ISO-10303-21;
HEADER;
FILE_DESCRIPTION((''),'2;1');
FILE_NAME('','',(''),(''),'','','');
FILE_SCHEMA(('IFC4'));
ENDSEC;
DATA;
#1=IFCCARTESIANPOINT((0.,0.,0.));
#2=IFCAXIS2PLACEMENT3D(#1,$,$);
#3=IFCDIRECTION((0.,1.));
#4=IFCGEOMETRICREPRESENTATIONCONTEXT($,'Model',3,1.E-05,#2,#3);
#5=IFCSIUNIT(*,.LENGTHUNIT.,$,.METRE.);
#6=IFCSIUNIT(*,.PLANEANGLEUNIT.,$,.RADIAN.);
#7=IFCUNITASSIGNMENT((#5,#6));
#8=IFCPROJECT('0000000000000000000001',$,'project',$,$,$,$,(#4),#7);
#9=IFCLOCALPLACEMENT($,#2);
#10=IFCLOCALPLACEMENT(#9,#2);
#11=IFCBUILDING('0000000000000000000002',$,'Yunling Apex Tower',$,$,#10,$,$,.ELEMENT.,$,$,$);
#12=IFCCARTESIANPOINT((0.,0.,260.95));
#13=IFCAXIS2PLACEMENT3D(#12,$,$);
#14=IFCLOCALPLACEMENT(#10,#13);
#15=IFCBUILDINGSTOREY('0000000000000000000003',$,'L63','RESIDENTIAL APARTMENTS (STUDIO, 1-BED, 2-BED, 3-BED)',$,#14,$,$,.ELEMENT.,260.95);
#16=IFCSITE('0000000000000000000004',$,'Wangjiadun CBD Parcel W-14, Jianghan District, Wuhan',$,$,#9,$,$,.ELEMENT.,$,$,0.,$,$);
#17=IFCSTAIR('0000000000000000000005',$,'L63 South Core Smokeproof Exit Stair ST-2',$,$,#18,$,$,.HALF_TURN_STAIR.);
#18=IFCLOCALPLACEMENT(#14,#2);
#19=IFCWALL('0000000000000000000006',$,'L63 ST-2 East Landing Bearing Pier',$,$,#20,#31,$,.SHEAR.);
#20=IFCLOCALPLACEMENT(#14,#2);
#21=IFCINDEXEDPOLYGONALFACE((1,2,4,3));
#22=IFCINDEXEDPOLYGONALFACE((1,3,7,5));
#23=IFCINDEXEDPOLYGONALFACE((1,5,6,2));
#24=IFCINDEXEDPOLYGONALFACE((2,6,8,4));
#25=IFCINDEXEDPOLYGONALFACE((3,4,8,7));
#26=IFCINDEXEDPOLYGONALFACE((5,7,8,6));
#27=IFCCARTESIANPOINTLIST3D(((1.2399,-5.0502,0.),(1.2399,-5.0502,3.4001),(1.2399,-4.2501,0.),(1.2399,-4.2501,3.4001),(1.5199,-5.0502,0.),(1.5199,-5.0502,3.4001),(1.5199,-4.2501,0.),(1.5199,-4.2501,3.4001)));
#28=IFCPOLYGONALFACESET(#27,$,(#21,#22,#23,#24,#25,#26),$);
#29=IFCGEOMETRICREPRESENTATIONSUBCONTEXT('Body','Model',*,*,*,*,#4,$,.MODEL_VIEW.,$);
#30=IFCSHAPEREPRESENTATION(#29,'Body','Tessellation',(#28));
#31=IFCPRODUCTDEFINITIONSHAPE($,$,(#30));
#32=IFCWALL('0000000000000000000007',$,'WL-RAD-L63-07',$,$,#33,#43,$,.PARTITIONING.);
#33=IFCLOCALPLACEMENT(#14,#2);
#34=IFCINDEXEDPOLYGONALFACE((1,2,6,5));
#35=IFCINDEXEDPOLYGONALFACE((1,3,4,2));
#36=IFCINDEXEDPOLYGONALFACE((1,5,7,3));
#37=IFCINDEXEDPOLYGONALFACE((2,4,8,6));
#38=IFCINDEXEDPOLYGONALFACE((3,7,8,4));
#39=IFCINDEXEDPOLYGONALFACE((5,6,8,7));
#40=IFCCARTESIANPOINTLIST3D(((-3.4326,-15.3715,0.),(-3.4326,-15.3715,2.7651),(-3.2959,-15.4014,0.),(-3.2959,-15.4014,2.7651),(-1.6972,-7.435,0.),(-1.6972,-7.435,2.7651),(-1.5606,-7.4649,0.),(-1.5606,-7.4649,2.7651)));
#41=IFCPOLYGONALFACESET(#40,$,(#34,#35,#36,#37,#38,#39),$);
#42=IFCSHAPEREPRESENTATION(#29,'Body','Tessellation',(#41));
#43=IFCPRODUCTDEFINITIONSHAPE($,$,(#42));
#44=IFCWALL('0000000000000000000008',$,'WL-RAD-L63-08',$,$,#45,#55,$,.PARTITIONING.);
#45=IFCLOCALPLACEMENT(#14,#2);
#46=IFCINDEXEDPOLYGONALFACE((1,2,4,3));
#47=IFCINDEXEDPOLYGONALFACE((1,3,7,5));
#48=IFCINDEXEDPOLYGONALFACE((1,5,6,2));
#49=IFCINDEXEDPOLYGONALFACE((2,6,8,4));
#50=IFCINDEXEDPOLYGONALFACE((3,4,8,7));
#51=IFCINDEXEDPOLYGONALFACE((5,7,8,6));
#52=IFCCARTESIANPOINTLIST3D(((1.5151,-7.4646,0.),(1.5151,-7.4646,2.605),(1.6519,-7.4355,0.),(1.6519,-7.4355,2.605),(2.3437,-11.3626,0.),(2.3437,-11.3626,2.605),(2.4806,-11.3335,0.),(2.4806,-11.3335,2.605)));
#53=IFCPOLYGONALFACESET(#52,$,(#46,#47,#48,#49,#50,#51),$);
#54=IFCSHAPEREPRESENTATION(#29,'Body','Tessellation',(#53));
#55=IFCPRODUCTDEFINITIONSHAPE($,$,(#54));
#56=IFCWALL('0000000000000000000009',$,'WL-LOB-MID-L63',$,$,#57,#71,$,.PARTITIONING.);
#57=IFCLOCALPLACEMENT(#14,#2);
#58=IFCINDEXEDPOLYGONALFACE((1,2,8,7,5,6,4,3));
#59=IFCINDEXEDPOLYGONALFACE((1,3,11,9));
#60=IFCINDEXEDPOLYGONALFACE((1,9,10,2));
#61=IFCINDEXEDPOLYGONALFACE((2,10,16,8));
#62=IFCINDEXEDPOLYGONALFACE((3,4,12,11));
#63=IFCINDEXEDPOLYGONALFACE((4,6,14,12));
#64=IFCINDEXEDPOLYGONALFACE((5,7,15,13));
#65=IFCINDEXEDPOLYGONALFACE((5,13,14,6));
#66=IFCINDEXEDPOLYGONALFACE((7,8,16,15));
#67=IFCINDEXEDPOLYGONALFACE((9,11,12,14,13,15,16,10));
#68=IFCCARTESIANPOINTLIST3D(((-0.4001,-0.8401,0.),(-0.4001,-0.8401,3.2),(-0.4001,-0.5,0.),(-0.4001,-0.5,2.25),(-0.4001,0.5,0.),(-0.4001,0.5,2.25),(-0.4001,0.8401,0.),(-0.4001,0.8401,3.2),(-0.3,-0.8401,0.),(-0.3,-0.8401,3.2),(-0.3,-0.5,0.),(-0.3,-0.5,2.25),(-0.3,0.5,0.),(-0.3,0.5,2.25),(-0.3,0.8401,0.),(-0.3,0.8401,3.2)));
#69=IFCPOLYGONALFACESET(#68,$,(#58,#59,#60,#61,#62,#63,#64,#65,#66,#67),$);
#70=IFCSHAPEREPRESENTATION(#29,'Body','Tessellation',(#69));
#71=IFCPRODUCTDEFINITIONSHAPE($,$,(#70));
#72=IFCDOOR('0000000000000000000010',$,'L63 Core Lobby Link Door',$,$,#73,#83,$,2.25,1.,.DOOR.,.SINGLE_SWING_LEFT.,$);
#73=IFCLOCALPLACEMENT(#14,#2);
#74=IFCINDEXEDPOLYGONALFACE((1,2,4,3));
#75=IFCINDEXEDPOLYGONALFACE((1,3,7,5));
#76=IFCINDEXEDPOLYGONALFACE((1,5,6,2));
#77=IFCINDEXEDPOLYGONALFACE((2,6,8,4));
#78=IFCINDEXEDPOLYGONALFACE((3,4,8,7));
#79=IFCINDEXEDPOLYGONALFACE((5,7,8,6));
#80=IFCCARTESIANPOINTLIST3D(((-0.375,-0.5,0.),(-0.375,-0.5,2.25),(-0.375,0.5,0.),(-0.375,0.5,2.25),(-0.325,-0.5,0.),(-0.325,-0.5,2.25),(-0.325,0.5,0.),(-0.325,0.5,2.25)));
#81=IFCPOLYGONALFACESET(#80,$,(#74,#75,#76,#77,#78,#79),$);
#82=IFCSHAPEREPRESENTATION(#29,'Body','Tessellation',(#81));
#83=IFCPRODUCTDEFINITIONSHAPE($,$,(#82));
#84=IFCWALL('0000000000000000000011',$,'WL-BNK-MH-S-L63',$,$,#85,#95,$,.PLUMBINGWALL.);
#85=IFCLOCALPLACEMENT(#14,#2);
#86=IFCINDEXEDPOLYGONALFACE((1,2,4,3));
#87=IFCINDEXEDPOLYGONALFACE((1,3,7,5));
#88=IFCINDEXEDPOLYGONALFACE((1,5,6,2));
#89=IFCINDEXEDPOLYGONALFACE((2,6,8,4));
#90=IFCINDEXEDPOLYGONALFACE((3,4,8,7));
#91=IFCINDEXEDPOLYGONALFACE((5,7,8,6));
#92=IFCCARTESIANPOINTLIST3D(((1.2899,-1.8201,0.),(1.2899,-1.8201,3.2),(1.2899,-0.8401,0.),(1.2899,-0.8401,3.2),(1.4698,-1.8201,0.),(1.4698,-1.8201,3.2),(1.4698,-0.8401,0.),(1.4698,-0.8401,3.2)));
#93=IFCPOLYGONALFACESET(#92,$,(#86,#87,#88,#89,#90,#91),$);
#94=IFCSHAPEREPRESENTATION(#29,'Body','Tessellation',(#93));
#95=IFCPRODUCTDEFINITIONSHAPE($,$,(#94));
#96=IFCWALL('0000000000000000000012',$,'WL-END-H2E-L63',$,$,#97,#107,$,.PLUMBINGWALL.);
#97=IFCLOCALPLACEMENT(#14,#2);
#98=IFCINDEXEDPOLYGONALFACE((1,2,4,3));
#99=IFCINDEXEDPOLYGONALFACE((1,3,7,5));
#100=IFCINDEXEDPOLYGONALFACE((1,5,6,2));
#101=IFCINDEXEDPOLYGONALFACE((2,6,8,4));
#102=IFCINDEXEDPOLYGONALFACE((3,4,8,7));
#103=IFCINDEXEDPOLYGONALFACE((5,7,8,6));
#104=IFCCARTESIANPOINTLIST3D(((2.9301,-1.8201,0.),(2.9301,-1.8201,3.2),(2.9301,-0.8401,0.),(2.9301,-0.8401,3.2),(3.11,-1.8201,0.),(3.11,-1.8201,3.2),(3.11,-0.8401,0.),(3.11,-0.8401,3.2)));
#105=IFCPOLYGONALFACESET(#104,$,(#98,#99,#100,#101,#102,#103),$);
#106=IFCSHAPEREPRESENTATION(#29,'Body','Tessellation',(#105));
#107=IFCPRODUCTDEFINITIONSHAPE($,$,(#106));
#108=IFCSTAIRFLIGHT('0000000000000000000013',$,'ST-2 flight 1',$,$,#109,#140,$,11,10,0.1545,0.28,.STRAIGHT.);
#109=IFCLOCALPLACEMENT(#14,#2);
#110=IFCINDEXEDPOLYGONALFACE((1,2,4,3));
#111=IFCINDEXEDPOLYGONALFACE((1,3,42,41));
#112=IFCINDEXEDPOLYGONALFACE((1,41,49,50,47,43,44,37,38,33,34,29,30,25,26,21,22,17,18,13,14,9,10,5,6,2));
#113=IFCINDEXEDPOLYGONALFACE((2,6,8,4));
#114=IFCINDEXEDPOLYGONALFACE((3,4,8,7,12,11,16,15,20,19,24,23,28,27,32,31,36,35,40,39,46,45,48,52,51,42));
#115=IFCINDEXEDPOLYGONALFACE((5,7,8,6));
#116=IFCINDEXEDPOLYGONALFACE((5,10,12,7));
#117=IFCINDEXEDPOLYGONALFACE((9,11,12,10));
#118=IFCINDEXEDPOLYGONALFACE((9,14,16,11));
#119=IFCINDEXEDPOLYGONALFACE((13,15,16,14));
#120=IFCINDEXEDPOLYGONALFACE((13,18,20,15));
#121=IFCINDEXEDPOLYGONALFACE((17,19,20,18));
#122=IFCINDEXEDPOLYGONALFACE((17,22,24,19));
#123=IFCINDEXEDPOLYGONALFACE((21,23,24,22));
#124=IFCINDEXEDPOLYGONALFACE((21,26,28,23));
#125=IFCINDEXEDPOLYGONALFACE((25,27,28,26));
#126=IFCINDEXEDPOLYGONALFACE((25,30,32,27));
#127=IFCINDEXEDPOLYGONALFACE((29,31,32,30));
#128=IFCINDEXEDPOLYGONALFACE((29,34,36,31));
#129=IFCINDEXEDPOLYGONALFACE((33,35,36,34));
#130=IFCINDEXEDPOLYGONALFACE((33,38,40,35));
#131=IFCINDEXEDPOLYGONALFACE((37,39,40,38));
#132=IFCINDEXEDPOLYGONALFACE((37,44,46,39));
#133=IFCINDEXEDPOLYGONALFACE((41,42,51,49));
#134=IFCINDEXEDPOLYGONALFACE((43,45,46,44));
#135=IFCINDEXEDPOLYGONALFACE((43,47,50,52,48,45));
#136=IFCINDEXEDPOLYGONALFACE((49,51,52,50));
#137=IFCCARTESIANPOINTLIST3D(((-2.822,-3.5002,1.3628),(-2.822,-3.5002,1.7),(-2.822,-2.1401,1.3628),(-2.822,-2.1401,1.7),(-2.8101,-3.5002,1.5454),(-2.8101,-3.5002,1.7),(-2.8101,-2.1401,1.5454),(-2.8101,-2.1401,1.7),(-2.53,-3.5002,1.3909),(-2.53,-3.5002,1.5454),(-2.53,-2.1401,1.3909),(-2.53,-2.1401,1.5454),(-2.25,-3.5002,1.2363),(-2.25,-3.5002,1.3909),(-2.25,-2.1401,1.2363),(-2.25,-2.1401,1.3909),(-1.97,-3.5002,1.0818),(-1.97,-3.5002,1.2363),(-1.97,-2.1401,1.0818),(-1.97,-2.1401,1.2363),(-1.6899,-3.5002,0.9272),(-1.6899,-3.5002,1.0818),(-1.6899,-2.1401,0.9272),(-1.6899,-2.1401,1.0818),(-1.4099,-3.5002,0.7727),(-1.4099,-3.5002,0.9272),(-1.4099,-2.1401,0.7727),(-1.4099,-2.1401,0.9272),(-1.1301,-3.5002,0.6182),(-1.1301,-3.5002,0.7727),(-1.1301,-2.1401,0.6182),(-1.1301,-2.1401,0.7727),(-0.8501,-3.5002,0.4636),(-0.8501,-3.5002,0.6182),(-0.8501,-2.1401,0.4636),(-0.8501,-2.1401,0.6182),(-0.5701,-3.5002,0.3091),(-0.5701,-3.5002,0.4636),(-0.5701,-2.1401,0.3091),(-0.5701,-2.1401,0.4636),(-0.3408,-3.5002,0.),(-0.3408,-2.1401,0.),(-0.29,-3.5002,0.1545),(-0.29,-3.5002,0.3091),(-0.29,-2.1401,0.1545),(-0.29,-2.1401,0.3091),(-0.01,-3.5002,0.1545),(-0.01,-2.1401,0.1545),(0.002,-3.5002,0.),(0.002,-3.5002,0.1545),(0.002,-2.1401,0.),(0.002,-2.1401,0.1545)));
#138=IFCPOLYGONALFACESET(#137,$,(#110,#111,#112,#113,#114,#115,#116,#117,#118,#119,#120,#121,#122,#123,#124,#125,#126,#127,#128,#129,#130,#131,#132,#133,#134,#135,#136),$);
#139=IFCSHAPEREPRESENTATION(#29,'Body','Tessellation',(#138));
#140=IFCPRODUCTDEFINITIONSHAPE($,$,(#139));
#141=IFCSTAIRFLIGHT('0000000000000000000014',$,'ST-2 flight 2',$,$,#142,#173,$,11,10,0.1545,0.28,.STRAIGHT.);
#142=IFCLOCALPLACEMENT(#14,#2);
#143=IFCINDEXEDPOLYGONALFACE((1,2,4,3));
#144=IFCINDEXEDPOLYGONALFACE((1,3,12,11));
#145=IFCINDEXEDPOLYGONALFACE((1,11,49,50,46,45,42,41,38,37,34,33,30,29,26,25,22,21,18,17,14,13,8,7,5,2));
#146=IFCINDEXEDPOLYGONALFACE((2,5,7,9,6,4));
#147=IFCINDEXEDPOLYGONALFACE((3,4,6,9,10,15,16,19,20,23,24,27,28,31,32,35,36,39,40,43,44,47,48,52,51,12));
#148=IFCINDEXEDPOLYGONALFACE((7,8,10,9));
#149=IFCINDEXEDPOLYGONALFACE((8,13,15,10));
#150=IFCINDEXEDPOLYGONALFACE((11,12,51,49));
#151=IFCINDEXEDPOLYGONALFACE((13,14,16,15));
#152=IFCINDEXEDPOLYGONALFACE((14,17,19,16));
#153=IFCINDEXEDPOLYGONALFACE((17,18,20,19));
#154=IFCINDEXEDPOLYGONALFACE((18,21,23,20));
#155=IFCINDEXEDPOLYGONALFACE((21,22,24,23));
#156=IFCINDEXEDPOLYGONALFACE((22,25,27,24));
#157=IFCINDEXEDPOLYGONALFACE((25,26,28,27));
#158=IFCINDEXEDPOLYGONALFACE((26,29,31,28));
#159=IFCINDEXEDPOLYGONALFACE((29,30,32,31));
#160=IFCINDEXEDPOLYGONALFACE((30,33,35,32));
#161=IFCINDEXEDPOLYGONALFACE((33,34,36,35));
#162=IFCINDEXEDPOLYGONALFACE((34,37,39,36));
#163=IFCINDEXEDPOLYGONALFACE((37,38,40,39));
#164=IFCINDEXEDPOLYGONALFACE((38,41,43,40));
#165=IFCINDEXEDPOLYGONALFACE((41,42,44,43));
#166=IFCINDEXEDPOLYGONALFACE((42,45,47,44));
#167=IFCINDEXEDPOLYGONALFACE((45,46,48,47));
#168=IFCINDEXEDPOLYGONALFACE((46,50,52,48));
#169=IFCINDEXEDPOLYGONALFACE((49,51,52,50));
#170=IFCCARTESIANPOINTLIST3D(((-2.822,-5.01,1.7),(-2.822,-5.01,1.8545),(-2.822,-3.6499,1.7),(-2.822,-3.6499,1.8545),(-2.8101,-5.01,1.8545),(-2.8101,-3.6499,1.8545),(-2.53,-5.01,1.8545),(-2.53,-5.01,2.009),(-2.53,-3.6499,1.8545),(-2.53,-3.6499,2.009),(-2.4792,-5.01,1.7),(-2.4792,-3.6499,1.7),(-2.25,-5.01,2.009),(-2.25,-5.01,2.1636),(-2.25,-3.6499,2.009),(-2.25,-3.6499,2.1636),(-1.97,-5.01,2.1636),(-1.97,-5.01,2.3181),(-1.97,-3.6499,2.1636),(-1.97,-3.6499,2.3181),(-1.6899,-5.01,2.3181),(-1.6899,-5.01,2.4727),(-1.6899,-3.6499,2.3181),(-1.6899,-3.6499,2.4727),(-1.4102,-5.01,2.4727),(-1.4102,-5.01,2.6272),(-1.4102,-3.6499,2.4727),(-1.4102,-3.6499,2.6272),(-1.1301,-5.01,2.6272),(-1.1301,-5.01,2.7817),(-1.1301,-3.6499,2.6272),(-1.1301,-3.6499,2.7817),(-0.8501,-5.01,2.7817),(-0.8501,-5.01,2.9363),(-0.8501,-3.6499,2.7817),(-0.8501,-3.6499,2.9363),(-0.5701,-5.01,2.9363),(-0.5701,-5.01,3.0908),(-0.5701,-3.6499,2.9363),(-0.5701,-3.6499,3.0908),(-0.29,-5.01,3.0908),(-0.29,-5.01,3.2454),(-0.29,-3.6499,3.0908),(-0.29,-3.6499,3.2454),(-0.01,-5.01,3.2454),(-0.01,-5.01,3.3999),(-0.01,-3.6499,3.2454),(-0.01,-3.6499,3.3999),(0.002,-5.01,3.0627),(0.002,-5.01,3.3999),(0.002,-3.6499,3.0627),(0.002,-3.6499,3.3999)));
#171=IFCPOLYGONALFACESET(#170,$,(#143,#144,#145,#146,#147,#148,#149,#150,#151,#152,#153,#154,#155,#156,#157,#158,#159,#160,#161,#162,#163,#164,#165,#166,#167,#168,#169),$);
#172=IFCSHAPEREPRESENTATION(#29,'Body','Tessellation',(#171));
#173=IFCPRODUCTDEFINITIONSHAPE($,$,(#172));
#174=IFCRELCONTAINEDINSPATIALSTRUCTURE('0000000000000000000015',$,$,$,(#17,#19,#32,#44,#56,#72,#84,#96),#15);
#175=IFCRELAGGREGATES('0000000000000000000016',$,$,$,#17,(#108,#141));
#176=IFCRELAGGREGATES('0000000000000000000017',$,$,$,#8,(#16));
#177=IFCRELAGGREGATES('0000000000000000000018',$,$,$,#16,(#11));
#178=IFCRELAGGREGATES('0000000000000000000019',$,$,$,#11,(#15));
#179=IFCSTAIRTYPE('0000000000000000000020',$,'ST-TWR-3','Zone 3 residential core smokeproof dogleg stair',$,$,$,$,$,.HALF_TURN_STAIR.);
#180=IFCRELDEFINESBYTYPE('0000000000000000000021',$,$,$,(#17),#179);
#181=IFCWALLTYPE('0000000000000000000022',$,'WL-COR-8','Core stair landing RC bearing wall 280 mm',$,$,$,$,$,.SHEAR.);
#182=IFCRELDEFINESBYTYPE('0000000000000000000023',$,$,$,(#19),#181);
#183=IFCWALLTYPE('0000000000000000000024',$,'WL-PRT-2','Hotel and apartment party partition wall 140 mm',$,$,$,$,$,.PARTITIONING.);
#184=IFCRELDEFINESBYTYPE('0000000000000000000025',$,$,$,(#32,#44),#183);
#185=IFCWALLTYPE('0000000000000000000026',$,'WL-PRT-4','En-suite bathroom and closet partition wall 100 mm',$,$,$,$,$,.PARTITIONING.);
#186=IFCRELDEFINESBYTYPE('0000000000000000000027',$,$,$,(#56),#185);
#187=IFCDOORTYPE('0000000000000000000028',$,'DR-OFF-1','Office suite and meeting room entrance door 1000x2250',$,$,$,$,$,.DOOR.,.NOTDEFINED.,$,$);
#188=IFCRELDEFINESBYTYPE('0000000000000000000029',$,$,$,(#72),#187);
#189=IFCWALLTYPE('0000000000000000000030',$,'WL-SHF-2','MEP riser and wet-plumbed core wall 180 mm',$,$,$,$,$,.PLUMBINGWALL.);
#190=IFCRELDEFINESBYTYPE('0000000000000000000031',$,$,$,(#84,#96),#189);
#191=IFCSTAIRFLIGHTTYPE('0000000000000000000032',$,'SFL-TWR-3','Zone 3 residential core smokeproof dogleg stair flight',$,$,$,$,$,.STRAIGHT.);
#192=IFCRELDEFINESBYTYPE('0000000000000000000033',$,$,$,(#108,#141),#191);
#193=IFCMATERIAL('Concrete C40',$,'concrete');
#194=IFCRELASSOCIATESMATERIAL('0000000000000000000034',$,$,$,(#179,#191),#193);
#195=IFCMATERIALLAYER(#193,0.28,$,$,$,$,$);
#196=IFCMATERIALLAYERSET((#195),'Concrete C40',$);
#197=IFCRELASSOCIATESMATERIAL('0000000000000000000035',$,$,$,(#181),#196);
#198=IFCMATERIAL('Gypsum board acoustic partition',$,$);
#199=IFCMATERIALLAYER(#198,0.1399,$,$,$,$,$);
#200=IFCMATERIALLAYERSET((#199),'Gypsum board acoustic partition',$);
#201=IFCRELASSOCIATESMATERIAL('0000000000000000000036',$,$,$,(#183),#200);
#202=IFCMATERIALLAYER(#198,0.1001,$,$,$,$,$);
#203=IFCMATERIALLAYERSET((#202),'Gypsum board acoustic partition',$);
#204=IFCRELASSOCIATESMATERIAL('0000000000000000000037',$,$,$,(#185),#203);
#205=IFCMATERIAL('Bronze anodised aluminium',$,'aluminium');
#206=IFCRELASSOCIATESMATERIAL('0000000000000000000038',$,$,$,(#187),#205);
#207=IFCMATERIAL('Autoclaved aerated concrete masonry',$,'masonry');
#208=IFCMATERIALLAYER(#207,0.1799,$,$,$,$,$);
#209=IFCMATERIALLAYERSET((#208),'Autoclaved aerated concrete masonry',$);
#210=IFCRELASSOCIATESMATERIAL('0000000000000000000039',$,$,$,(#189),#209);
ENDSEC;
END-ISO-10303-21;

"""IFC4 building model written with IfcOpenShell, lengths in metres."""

from ifc_helpers import new_model, si_unit, direction, frame, frame_2d, origin, place, context, subcontext, project, spatial, polyline, rectangle, outline, extrude, material, layer, layer_set, type_object, element, fill, aggregate, save


model = new_model("IFC4")

# Units and contexts
model_context = context("Model", 3, precision=1e-05, world=origin(), true_north=direction((0.0, 1.0)))
body_context = subcontext(model_context, "Body", "Model", "MODEL_VIEW")
ifc_project = project(units=[si_unit("LENGTHUNIT", "METRE"), si_unit("PLANEANGLEUNIT", "RADIAN")], contexts=[model_context])

# Site, building, storey
site_placement = place(None, origin())
site = spatial("IfcSite", under=ifc_project, at=site_placement, Name="Wangjiadun CBD Parcel W-14, Jianghan District, Wuhan", CompositionType="ELEMENT", RefElevation=0.0)
building_placement = place(site_placement, origin())
building = spatial("IfcBuilding", under=site, at=building_placement, Name="Yunling Apex Tower", CompositionType="ELEMENT")
storey_placement = place(building_placement, frame((0.0, 0.0, 260.95)))
storey = spatial("IfcBuildingStorey", under=building, at=storey_placement, Name="L63", Description="RESIDENTIAL APARTMENTS (STUDIO, 1-BED, 2-BED, 3-BED)", CompositionType="ELEMENT", Elevation=260.95)

# Shared definitions
ifc_material_1 = material(Name="Bronze anodised aluminium", Category="aluminium")

# Shared definitions
ifc_material_2 = material(Name="Concrete C40", Category="concrete")

# Stair
stair_type = type_object("IfcStairType", Name="ST-TWR-3", Description="Zone 3 residential core smokeproof dogleg stair", PredefinedType="HALF_TURN_STAIR", material=ifc_material_2)
stair_1_placement = place(storey_placement, origin())
stair_1 = element("IfcStair", 1, at=stair_1_placement, inside=storey, type_object=stair_type, Name="L63 South Core Smokeproof Exit Stair ST-2", PredefinedType="HALF_TURN_STAIR")

# Walls
ifc_layer_1 = layer(ifc_material_2, 0.28)
ifc_layer_set_1 = layer_set([ifc_layer_1], Name="Concrete C40")
wall_type_1 = type_object("IfcWallType", Name="WL-COR-8", Description="Core stair landing RC bearing wall 280 mm", PredefinedType="SHEAR", material=ifc_layer_set_1)
wall_1_placement = place(storey_placement, frame((1.3799, -5.05, 0.0), z_axis=(0.0, 0.0, 1.0), x_axis=(0.0, 1.0, 0.0)))
element("IfcWall", 2, at=wall_1_placement, inside=storey, type_object=wall_type_1, Name="L63 ST-2 East Landing Bearing Pier", PredefinedType="SHEAR", context=body_context, shape_type="SweptSolid", body=[
    extrude(rectangle(XDim=0.8, YDim=0.28, at=frame_2d((0.3999, 0.0))), origin(), (0.0, 0.0, 1.0), 3.4001),
])
ifc_material_3 = material(Name="Gypsum board acoustic partition")
ifc_layer_2 = layer(ifc_material_3, 0.1399)
ifc_layer_set_2 = layer_set([ifc_layer_2], Name="Gypsum board acoustic partition")
wall_type_2 = type_object("IfcWallType", Name="WL-PRT-2", Description="Hotel and apartment party partition wall 140 mm", PredefinedType="PARTITIONING", material=ifc_layer_set_2)
wall_2_placement = place(storey_placement, frame((-1.6289, -7.45, 0.0), z_axis=(0.0, 0.0, 1.0), x_axis=(-0.213607, -0.97692, 0.0)))
element("IfcWall", 3, at=wall_2_placement, inside=storey, type_object=wall_type_2, Name="WL-RAD-L63-07", PredefinedType="PARTITIONING", context=body_context, shape_type="SweptSolid", body=[
    extrude(rectangle(XDim=8.124, YDim=0.1399, at=frame_2d((4.062, 0.0))), origin(), (0.0, 0.0, 1.0), 2.7651),
])
wall_3_placement = place(storey_placement, frame((1.5835, -7.45, 0.0), z_axis=(0.0, 0.0, 1.0), x_axis=(0.207931, -0.978144, 0.0)))
element("IfcWall", 4, at=wall_3_placement, inside=storey, type_object=wall_type_2, Name="WL-RAD-L63-08", PredefinedType="PARTITIONING", context=body_context, shape_type="SweptSolid", body=[
    extrude(rectangle(XDim=3.9851, YDim=0.1399, at=frame_2d((1.9927, 0.0))), origin(), (0.0, 0.0, 1.0), 2.605),
])

# Wall, opening, door
ifc_layer_3 = layer(ifc_material_3, 0.1001)
ifc_layer_set_3 = layer_set([ifc_layer_3], Name="Gypsum board acoustic partition")
wall_type_3 = type_object("IfcWallType", Name="WL-PRT-4", Description="En-suite bathroom and closet partition wall 100 mm", PredefinedType="PARTITIONING", material=ifc_layer_set_3)
wall_4_placement = place(storey_placement, frame((-0.3501, -0.8401, 0.0), z_axis=(0.0, 0.0, 1.0), x_axis=(0.0, 1.0, 0.0)))
wall_4 = element("IfcWall", 5, at=wall_4_placement, inside=storey, type_object=wall_type_3, Name="WL-LOB-MID-L63", PredefinedType="PARTITIONING", context=body_context, shape_type="SweptSolid", body=[
    extrude(rectangle(XDim=1.6802, YDim=0.1001, at=frame_2d((0.8401, 0.0))), origin(), (0.0, 0.0, 1.0), 3.2),
])
opening_1_placement = place(wall_4_placement, frame((0.3401, 0.0, 0.0)))
opening_1 = element("IfcOpeningElement", 6, at=opening_1_placement, cuts=wall_4, PredefinedType="OPENING", context=body_context, shape_type="SweptSolid", body=[
    extrude(rectangle(XDim=1.0, YDim=2.25, at=frame_2d((0.5, 1.125))), frame((0.0, 0.0601, 0.0), z_axis=(0.0, -1.0, 0.0), x_axis=(1.0, 0.0, 0.0)), (0.0, 0.0, 1.0), 0.1201),
])
door_type_1 = type_object("IfcDoorType", Name="DR-OFF-1", Description="Office suite and meeting room entrance door 1000x2250", OperationType="NOTDEFINED", PredefinedType="DOOR", material=ifc_material_1)
door_1_placement = place(opening_1_placement, origin())
door_1 = element("IfcDoor", 7, at=door_1_placement, inside=storey, type_object=door_type_1, Name="L63 Core Lobby Link Door", OperationType="SINGLE_SWING_LEFT", OverallHeight=2.25, OverallWidth=1.0, PredefinedType="DOOR", context=body_context, shape_type="SweptSolid", body=[
    extrude(rectangle(XDim=1.0, YDim=2.25, at=frame_2d((0.5, 1.125))), frame((0.0, 0.0249, 0.0), z_axis=(0.0, -1.0, 0.0), x_axis=(1.0, 0.0, 0.0)), (0.0, 0.0, 1.0), 0.05),
])
fill(opening_1, door_1)
ifc_material_4 = material(Name="Autoclaved aerated concrete masonry", Category="masonry")

# Walls
ifc_layer_4 = layer(ifc_material_4, 0.1799)
ifc_layer_set_4 = layer_set([ifc_layer_4], Name="Autoclaved aerated concrete masonry")
wall_type_4 = type_object("IfcWallType", Name="WL-SHF-2", Description="MEP riser and wet-plumbed core wall 180 mm", PredefinedType="PLUMBINGWALL", material=ifc_layer_set_4)
for number, where, z_axis, x_axis, name in (
    (8, (1.3799, -1.8201, 0.0), (0.0, 0.0, 1.0), (0.0, 1.0, 0.0), "WL-BNK-MH-S-L63"),
    (9, (3.02, -1.8201, 0.0), (0.0, 0.0, 1.0), (0.0, 1.0, 0.0), "WL-END-H2E-L63"),
):
    element("IfcWall", number, at=place(storey_placement, frame(where, z_axis=z_axis, x_axis=x_axis)), inside=storey, type_object=wall_type_4, Name=name, PredefinedType="PLUMBINGWALL", context=body_context, shape_type="SweptSolid", body=[
        extrude(rectangle(XDim=0.98, YDim=0.1799, at=frame_2d((0.49, 0.0))), origin(), (0.0, 0.0, 1.0), 3.2),
    ])

# Stair flights
stair_flight_type = type_object("IfcStairFlightType", Name="SFL-TWR-3", Description="Zone 3 residential core smokeproof dogleg stair flight", PredefinedType="STRAIGHT", material=ifc_material_2)
stair_flight_1_placement = place(storey_placement, frame((-0.01, -2.8201, 0.0), z_axis=(0.0, 0.0, 1.0), x_axis=(-1.0, 0.0, 0.0)))
stair_flight_1 = element("IfcStairFlight", 10, at=stair_flight_1_placement, type_object=stair_flight_type, Name="ST-2 flight 1", NumberOfRisers=11, NumberOfTreads=10, PredefinedType="STRAIGHT", RiserHeight=0.1545, TreadLength=0.28, context=body_context, shape_type="SweptSolid", body=[
    extrude(outline(polyline([(-0.012, 0.0), (-0.012, 0.1545), (0.0, 0.1545), (0.28, 0.1545), (0.28, 0.3091), (0.5601, 0.3091), (0.5601, 0.4636), (0.8401, 0.4636), (0.8401, 0.6182), (1.1201, 0.6182), (1.1201, 0.7727), (1.3999, 0.7727), (1.3999, 0.9272), (1.6799, 0.9272), (1.6799, 1.0818), (1.96, 1.0818), (1.96, 1.2363), (2.24, 1.2363), (2.24, 1.3909), (2.52, 1.3909), (2.52, 1.5454), (2.8, 1.5454), (2.8, 1.7), (2.812, 1.7), (2.812, 1.3628), (0.3308, 0.0), (-0.012, 0.0)])), frame((0.0, 0.6802, 0.0), z_axis=(0.0, -1.0, 0.0), x_axis=(1.0, 0.0, 0.0)), (0.0, 0.0, 1.0), 1.3601),
])
stair_flight_2_placement = place(storey_placement, frame((-2.8101, -4.3301, 1.7), z_axis=(0.0, 0.0, 1.0), x_axis=(1.0, 0.0, 0.0)))
stair_flight_2 = element("IfcStairFlight", 11, at=stair_flight_2_placement, type_object=stair_flight_type, Name="ST-2 flight 2", NumberOfRisers=11, NumberOfTreads=10, PredefinedType="STRAIGHT", RiserHeight=0.1545, TreadLength=0.28, context=body_context, shape_type="SweptSolid", body=[
    extrude(outline(polyline([(-0.012, 0.0), (-0.012, 0.1545), (0.0, 0.1545), (0.28, 0.1545), (0.28, 0.3091), (0.5601, 0.3091), (0.5601, 0.4636), (0.8401, 0.4636), (0.8401, 0.6182), (1.1201, 0.6182), (1.1201, 0.7727), (1.3999, 0.7727), (1.3999, 0.9272), (1.6799, 0.9272), (1.6799, 1.0818), (1.96, 1.0818), (1.96, 1.2363), (2.24, 1.2363), (2.24, 1.3909), (2.52, 1.3909), (2.52, 1.5454), (2.8, 1.5454), (2.8, 1.7), (2.812, 1.7), (2.812, 1.3628), (0.3308, 0.0), (-0.012, 0.0)])), frame((0.0, 0.6802, 0.0), z_axis=(0.0, -1.0, 0.0), x_axis=(1.0, 0.0, 0.0)), (0.0, 0.0, 1.0), 1.3601),
])
aggregate(stair_1, [stair_flight_1, stair_flight_2])

save(model, "model.ifc")
